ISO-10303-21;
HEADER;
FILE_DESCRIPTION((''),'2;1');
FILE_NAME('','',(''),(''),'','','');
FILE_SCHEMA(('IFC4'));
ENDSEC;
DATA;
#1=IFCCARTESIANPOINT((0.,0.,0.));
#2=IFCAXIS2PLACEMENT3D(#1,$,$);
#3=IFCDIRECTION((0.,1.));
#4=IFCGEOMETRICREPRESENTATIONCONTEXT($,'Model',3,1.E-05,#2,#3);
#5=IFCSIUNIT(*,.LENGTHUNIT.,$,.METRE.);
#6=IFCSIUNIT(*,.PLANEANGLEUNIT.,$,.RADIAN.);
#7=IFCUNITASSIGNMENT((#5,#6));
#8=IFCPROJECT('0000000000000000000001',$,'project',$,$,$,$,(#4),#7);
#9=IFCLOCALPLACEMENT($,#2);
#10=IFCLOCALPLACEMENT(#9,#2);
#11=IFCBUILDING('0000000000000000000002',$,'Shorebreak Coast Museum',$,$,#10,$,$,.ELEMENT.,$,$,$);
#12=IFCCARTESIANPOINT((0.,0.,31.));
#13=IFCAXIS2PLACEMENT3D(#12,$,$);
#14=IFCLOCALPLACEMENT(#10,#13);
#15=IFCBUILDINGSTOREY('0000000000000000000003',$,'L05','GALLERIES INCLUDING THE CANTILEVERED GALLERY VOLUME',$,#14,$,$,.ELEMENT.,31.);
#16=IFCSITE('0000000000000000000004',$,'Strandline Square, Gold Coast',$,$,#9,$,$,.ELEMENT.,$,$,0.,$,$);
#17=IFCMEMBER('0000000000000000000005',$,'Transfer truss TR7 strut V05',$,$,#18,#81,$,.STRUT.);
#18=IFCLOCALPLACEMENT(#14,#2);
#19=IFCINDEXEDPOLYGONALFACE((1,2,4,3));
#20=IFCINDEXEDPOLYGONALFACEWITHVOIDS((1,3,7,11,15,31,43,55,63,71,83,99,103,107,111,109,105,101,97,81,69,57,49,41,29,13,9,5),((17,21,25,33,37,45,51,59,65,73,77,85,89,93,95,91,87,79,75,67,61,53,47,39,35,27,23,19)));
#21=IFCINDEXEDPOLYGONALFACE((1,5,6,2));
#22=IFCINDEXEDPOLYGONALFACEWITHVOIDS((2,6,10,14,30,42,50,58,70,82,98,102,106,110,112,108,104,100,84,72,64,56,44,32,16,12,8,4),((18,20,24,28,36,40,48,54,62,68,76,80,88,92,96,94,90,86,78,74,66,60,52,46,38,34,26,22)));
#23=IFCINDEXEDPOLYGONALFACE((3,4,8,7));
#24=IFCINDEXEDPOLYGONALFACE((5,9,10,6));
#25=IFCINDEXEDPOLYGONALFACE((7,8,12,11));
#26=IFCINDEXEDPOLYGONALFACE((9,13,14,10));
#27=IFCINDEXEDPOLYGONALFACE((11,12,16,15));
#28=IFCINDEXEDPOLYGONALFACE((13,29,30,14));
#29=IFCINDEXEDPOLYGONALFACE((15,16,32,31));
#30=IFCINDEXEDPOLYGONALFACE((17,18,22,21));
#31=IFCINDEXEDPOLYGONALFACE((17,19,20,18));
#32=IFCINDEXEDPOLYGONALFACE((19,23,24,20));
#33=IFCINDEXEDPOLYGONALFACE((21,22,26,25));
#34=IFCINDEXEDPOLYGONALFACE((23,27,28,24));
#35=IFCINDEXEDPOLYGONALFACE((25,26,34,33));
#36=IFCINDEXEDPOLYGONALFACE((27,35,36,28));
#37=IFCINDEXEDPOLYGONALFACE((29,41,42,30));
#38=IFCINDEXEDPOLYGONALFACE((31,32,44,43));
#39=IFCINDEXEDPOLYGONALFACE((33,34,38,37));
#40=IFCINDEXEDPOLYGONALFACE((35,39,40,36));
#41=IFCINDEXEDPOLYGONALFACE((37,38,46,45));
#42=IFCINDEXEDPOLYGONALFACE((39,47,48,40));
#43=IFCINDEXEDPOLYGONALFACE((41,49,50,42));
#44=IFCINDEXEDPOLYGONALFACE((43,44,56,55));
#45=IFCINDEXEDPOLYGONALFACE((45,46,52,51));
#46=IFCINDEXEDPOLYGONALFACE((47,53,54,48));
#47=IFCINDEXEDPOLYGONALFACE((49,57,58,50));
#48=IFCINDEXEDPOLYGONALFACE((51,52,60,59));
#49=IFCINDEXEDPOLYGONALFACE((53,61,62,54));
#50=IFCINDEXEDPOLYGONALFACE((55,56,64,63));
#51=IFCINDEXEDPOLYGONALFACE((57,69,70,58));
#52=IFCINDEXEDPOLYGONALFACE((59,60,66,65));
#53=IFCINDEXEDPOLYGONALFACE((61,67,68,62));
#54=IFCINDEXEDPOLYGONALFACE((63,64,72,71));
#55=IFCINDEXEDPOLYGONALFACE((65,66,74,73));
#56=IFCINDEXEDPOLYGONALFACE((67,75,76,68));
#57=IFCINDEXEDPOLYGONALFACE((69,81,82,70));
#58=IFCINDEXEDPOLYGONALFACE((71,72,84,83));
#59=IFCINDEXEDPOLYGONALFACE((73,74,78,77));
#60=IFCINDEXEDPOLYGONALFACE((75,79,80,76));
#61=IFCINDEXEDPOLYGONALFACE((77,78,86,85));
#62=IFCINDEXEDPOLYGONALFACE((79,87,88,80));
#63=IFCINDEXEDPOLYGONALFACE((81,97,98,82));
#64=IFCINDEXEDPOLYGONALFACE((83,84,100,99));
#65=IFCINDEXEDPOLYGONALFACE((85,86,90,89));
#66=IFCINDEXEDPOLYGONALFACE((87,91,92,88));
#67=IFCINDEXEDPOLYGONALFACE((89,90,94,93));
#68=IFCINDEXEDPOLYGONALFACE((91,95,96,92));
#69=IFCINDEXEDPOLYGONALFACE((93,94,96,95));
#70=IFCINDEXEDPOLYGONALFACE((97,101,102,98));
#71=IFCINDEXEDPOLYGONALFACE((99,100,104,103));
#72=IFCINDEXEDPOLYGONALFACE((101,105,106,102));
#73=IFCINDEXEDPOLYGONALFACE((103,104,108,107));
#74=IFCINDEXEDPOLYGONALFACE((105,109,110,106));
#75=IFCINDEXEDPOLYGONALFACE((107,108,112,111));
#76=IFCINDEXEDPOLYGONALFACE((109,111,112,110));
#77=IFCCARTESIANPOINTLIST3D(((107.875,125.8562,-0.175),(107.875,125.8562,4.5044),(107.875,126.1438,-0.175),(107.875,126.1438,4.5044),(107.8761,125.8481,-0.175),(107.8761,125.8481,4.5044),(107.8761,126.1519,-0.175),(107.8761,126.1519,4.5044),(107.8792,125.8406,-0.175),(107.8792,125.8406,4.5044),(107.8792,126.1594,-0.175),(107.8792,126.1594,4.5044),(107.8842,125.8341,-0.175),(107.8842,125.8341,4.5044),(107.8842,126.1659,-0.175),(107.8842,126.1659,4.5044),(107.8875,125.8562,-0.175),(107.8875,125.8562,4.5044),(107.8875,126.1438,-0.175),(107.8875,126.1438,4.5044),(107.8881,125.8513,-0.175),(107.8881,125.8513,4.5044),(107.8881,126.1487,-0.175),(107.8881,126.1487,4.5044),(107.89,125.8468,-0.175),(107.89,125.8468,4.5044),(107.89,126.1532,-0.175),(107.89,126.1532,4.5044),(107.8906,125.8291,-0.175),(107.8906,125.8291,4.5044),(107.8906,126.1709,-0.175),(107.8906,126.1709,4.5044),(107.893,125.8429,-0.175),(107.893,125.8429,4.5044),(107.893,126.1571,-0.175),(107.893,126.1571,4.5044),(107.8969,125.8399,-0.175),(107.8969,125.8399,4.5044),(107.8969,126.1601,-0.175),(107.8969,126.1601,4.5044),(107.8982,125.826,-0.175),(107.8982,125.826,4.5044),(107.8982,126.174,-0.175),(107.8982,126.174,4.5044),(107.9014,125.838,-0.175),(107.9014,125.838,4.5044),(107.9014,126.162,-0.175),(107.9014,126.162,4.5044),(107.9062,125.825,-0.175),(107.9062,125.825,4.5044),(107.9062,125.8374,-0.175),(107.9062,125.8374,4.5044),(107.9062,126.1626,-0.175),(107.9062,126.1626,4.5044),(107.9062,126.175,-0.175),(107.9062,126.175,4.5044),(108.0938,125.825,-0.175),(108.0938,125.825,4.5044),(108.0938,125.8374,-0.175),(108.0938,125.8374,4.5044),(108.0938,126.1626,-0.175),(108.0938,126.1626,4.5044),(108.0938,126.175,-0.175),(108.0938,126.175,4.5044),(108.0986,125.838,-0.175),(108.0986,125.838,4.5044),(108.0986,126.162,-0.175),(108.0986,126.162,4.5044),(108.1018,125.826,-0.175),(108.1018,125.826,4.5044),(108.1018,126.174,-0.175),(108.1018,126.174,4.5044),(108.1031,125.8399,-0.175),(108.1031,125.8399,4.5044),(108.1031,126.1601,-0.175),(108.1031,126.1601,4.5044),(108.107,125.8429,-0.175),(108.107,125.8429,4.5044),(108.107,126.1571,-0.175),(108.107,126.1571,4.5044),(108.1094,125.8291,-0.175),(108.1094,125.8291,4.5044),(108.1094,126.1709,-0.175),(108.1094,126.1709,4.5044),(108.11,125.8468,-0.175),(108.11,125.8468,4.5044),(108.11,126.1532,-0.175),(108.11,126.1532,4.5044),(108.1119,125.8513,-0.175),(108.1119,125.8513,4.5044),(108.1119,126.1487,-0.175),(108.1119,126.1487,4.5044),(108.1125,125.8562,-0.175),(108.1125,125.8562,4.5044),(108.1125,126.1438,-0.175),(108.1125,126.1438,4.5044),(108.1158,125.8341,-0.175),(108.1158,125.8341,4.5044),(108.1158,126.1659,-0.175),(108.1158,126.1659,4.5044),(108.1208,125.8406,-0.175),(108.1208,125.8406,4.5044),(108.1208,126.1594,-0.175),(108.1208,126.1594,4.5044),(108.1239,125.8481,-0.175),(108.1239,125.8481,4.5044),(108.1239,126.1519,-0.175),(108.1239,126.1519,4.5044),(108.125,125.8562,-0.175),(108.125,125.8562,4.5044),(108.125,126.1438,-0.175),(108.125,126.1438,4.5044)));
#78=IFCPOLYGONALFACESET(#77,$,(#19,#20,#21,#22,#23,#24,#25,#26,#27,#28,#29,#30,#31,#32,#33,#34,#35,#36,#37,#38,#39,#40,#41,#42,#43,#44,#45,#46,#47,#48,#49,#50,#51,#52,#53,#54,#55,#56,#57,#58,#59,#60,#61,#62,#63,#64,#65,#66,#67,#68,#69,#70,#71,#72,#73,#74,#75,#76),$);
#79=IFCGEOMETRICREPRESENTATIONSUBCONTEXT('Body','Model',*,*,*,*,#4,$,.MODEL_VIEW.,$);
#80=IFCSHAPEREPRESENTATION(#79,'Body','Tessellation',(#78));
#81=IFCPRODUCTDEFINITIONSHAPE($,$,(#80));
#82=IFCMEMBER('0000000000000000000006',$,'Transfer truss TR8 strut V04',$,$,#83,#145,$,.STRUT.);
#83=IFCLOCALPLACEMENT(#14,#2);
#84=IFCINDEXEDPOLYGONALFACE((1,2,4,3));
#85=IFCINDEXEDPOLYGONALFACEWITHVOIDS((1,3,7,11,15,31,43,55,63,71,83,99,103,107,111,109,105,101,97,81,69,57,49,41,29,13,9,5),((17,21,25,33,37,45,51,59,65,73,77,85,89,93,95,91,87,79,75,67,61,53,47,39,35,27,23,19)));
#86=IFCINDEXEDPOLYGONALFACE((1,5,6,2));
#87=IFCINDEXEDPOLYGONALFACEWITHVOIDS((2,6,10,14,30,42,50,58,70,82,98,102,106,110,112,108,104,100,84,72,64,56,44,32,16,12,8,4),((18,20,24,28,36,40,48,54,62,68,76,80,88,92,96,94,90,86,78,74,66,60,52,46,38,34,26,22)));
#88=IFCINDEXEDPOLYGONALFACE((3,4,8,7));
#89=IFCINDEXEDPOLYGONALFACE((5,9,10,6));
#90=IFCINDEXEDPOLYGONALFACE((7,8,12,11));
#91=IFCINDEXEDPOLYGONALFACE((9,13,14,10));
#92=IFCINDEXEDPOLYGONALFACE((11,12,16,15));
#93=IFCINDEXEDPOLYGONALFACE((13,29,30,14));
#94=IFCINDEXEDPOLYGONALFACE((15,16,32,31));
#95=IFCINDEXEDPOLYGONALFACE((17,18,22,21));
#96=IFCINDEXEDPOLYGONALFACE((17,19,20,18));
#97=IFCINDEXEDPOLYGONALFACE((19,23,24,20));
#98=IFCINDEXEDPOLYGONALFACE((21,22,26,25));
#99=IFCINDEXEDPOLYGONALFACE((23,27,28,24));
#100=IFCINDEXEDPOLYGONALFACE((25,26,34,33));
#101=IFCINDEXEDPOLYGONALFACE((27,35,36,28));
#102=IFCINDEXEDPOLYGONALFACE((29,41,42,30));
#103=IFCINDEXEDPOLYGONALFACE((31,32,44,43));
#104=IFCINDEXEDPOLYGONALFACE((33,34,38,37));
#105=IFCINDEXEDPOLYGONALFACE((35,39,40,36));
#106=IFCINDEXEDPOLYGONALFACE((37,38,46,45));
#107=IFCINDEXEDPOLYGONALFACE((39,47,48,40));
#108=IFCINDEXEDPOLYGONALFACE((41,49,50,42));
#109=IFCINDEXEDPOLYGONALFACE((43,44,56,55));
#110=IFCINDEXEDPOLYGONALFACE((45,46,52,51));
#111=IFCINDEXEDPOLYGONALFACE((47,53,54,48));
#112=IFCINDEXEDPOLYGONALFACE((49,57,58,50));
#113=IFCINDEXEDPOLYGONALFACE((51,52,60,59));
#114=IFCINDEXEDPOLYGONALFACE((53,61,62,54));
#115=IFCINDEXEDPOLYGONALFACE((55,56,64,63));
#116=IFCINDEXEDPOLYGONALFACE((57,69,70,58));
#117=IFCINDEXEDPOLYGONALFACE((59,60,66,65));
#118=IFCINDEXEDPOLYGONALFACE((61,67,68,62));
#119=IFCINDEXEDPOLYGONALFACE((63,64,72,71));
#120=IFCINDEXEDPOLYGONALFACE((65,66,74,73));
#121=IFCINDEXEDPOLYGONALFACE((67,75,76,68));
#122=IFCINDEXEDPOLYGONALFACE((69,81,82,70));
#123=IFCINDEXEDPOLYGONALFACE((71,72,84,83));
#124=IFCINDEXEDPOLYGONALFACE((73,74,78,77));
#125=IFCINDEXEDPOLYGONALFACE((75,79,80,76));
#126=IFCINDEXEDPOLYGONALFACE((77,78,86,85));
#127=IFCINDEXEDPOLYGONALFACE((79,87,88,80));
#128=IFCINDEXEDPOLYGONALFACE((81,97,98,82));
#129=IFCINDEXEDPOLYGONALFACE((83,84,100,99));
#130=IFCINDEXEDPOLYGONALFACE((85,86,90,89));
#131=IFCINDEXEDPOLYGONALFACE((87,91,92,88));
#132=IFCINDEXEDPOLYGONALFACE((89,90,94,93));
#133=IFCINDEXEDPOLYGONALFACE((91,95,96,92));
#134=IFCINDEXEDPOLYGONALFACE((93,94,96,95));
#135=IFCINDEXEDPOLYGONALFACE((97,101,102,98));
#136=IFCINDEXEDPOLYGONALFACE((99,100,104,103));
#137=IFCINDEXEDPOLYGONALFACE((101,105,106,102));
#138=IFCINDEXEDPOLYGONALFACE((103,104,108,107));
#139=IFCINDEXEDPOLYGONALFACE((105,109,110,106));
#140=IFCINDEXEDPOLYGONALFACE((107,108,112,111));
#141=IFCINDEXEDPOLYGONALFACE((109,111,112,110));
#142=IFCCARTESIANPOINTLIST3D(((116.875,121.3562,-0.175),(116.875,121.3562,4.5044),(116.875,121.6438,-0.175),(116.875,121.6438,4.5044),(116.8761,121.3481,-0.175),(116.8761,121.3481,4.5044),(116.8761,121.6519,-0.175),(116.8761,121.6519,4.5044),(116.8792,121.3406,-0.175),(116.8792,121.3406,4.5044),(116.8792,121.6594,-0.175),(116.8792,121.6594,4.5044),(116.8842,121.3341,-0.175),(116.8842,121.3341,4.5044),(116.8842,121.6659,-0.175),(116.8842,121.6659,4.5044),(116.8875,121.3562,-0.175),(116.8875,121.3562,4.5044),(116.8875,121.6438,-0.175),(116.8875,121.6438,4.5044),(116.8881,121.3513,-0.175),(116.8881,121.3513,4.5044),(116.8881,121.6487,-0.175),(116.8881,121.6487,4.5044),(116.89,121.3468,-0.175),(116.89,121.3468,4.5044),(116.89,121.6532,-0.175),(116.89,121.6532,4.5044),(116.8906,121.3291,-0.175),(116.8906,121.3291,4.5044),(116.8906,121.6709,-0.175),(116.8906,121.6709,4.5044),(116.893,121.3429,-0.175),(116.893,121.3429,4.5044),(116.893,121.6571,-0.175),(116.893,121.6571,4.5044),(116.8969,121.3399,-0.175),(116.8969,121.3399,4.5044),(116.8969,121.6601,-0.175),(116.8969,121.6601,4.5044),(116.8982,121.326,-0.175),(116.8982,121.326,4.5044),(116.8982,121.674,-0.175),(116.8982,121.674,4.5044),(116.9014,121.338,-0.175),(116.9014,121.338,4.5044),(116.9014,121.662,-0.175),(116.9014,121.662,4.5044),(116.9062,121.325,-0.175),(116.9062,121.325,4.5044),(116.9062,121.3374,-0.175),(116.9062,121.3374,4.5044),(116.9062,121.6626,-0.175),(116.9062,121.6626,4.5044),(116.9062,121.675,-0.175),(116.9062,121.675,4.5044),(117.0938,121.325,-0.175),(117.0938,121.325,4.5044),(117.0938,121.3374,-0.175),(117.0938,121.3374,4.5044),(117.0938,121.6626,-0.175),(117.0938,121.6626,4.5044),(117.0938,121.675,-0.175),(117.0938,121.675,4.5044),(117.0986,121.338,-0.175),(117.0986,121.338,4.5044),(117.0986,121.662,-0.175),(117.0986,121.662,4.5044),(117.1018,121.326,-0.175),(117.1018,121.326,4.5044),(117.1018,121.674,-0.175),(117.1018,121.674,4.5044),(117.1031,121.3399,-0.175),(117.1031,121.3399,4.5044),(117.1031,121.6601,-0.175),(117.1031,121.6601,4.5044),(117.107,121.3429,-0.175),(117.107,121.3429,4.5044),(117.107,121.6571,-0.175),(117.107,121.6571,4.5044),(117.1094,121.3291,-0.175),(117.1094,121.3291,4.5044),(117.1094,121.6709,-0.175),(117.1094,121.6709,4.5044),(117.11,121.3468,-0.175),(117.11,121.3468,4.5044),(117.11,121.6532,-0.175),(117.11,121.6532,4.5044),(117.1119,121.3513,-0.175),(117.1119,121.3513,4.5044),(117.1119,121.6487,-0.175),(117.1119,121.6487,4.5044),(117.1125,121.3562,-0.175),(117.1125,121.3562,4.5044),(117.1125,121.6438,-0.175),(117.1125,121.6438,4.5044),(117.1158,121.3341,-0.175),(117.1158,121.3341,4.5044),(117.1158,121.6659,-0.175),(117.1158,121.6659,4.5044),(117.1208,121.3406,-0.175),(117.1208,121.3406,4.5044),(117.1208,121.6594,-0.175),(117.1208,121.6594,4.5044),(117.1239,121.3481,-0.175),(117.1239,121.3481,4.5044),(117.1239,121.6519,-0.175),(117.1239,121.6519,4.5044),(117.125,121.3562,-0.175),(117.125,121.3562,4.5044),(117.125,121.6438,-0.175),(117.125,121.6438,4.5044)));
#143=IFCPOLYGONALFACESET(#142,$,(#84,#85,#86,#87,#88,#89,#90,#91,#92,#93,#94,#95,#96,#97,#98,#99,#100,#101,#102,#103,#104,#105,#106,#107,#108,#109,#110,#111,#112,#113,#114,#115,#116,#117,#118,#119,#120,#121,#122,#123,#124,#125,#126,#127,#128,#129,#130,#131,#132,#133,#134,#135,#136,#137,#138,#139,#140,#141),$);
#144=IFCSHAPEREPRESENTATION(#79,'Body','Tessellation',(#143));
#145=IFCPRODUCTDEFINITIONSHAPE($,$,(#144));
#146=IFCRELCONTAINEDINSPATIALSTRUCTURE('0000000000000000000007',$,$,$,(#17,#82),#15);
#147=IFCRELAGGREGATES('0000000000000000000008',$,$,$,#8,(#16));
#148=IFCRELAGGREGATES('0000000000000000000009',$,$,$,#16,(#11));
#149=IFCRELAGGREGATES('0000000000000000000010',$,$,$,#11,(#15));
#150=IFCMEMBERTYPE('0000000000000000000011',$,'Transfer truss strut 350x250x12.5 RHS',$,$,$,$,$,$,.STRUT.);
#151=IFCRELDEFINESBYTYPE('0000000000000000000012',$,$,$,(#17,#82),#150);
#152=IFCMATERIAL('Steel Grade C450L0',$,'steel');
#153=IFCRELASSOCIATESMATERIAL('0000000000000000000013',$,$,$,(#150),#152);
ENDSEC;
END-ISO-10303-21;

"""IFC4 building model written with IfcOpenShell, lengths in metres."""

from ifc_helpers import new_model, si_unit, direction, frame, origin, origin_2d, place, context, subcontext, project, spatial, hollow_rectangle, extrude, material, material_profile, profile_set, type_object, element, save


model = new_model("IFC4")

# Units and contexts
model_context = context("Model", 3, precision=1e-05, world=origin(), true_north=direction((0.0, 1.0)))
body_context = subcontext(model_context, "Body", "Model", "MODEL_VIEW")
ifc_project = project(units=[si_unit("LENGTHUNIT", "METRE"), si_unit("PLANEANGLEUNIT", "RADIAN")], contexts=[model_context])

# Site, building, storey
site_placement = place(None, origin())
site = spatial("IfcSite", under=ifc_project, at=site_placement, Name="Strandline Square, Gold Coast", CompositionType="ELEMENT", RefElevation=0.0)
building_placement = place(site_placement, origin())
building = spatial("IfcBuilding", under=site, at=building_placement, Name="Shorebreak Coast Museum", CompositionType="ELEMENT")
storey_placement = place(building_placement, frame((0.0, 0.0, 31.0)))
storey = spatial("IfcBuildingStorey", under=building, at=storey_placement, Name="L05", Description="GALLERIES INCLUDING THE CANTILEVERED GALLERY VOLUME", CompositionType="ELEMENT", Elevation=31.0)

# Members
ifc_material_1 = material(Name="Steel Grade C450L0", Category="steel")
ifc_material_profile_1 = material_profile(ifc_material_1, hollow_rectangle(XDim=0.25, YDim=0.3501, WallThickness=0.0125, InnerFilletRadius=0.0188, OuterFilletRadius=0.0312, at=origin_2d()), Name="350x250x12.5 RHS")
ifc_profile_set_1 = profile_set([ifc_material_profile_1], Name="Steel Grade C450L0")
member_type_1 = type_object("IfcMemberType", Name="Transfer truss strut 350x250x12.5 RHS", PredefinedType="STRUT", material=ifc_profile_set_1)
for number, where, z_axis, x_axis, name in (
    (1, (108.0, 126.0, -0.175), (0.0, 0.0, 1.0), (1.0, 0.0, 0.0), "Transfer truss TR7 strut V05"),
    (2, (117.0, 121.5, -0.175), (0.0, 0.0, 1.0), (1.0, 0.0, 0.0), "Transfer truss TR8 strut V04"),
):
    element("IfcMember", number, at=place(storey_placement, frame(where, z_axis=z_axis, x_axis=x_axis)), inside=storey, type_object=member_type_1, Name=name, PredefinedType="STRUT", context=body_context, shape_type="SweptSolid", body=[
        extrude(hollow_rectangle(XDim=0.25, YDim=0.3501, WallThickness=0.0125, InnerFilletRadius=0.0188, OuterFilletRadius=0.0312, at=origin_2d()), origin(), (0.0, 0.0, 1.0), 4.6794),
    ])

save(model, "model.ifc")
